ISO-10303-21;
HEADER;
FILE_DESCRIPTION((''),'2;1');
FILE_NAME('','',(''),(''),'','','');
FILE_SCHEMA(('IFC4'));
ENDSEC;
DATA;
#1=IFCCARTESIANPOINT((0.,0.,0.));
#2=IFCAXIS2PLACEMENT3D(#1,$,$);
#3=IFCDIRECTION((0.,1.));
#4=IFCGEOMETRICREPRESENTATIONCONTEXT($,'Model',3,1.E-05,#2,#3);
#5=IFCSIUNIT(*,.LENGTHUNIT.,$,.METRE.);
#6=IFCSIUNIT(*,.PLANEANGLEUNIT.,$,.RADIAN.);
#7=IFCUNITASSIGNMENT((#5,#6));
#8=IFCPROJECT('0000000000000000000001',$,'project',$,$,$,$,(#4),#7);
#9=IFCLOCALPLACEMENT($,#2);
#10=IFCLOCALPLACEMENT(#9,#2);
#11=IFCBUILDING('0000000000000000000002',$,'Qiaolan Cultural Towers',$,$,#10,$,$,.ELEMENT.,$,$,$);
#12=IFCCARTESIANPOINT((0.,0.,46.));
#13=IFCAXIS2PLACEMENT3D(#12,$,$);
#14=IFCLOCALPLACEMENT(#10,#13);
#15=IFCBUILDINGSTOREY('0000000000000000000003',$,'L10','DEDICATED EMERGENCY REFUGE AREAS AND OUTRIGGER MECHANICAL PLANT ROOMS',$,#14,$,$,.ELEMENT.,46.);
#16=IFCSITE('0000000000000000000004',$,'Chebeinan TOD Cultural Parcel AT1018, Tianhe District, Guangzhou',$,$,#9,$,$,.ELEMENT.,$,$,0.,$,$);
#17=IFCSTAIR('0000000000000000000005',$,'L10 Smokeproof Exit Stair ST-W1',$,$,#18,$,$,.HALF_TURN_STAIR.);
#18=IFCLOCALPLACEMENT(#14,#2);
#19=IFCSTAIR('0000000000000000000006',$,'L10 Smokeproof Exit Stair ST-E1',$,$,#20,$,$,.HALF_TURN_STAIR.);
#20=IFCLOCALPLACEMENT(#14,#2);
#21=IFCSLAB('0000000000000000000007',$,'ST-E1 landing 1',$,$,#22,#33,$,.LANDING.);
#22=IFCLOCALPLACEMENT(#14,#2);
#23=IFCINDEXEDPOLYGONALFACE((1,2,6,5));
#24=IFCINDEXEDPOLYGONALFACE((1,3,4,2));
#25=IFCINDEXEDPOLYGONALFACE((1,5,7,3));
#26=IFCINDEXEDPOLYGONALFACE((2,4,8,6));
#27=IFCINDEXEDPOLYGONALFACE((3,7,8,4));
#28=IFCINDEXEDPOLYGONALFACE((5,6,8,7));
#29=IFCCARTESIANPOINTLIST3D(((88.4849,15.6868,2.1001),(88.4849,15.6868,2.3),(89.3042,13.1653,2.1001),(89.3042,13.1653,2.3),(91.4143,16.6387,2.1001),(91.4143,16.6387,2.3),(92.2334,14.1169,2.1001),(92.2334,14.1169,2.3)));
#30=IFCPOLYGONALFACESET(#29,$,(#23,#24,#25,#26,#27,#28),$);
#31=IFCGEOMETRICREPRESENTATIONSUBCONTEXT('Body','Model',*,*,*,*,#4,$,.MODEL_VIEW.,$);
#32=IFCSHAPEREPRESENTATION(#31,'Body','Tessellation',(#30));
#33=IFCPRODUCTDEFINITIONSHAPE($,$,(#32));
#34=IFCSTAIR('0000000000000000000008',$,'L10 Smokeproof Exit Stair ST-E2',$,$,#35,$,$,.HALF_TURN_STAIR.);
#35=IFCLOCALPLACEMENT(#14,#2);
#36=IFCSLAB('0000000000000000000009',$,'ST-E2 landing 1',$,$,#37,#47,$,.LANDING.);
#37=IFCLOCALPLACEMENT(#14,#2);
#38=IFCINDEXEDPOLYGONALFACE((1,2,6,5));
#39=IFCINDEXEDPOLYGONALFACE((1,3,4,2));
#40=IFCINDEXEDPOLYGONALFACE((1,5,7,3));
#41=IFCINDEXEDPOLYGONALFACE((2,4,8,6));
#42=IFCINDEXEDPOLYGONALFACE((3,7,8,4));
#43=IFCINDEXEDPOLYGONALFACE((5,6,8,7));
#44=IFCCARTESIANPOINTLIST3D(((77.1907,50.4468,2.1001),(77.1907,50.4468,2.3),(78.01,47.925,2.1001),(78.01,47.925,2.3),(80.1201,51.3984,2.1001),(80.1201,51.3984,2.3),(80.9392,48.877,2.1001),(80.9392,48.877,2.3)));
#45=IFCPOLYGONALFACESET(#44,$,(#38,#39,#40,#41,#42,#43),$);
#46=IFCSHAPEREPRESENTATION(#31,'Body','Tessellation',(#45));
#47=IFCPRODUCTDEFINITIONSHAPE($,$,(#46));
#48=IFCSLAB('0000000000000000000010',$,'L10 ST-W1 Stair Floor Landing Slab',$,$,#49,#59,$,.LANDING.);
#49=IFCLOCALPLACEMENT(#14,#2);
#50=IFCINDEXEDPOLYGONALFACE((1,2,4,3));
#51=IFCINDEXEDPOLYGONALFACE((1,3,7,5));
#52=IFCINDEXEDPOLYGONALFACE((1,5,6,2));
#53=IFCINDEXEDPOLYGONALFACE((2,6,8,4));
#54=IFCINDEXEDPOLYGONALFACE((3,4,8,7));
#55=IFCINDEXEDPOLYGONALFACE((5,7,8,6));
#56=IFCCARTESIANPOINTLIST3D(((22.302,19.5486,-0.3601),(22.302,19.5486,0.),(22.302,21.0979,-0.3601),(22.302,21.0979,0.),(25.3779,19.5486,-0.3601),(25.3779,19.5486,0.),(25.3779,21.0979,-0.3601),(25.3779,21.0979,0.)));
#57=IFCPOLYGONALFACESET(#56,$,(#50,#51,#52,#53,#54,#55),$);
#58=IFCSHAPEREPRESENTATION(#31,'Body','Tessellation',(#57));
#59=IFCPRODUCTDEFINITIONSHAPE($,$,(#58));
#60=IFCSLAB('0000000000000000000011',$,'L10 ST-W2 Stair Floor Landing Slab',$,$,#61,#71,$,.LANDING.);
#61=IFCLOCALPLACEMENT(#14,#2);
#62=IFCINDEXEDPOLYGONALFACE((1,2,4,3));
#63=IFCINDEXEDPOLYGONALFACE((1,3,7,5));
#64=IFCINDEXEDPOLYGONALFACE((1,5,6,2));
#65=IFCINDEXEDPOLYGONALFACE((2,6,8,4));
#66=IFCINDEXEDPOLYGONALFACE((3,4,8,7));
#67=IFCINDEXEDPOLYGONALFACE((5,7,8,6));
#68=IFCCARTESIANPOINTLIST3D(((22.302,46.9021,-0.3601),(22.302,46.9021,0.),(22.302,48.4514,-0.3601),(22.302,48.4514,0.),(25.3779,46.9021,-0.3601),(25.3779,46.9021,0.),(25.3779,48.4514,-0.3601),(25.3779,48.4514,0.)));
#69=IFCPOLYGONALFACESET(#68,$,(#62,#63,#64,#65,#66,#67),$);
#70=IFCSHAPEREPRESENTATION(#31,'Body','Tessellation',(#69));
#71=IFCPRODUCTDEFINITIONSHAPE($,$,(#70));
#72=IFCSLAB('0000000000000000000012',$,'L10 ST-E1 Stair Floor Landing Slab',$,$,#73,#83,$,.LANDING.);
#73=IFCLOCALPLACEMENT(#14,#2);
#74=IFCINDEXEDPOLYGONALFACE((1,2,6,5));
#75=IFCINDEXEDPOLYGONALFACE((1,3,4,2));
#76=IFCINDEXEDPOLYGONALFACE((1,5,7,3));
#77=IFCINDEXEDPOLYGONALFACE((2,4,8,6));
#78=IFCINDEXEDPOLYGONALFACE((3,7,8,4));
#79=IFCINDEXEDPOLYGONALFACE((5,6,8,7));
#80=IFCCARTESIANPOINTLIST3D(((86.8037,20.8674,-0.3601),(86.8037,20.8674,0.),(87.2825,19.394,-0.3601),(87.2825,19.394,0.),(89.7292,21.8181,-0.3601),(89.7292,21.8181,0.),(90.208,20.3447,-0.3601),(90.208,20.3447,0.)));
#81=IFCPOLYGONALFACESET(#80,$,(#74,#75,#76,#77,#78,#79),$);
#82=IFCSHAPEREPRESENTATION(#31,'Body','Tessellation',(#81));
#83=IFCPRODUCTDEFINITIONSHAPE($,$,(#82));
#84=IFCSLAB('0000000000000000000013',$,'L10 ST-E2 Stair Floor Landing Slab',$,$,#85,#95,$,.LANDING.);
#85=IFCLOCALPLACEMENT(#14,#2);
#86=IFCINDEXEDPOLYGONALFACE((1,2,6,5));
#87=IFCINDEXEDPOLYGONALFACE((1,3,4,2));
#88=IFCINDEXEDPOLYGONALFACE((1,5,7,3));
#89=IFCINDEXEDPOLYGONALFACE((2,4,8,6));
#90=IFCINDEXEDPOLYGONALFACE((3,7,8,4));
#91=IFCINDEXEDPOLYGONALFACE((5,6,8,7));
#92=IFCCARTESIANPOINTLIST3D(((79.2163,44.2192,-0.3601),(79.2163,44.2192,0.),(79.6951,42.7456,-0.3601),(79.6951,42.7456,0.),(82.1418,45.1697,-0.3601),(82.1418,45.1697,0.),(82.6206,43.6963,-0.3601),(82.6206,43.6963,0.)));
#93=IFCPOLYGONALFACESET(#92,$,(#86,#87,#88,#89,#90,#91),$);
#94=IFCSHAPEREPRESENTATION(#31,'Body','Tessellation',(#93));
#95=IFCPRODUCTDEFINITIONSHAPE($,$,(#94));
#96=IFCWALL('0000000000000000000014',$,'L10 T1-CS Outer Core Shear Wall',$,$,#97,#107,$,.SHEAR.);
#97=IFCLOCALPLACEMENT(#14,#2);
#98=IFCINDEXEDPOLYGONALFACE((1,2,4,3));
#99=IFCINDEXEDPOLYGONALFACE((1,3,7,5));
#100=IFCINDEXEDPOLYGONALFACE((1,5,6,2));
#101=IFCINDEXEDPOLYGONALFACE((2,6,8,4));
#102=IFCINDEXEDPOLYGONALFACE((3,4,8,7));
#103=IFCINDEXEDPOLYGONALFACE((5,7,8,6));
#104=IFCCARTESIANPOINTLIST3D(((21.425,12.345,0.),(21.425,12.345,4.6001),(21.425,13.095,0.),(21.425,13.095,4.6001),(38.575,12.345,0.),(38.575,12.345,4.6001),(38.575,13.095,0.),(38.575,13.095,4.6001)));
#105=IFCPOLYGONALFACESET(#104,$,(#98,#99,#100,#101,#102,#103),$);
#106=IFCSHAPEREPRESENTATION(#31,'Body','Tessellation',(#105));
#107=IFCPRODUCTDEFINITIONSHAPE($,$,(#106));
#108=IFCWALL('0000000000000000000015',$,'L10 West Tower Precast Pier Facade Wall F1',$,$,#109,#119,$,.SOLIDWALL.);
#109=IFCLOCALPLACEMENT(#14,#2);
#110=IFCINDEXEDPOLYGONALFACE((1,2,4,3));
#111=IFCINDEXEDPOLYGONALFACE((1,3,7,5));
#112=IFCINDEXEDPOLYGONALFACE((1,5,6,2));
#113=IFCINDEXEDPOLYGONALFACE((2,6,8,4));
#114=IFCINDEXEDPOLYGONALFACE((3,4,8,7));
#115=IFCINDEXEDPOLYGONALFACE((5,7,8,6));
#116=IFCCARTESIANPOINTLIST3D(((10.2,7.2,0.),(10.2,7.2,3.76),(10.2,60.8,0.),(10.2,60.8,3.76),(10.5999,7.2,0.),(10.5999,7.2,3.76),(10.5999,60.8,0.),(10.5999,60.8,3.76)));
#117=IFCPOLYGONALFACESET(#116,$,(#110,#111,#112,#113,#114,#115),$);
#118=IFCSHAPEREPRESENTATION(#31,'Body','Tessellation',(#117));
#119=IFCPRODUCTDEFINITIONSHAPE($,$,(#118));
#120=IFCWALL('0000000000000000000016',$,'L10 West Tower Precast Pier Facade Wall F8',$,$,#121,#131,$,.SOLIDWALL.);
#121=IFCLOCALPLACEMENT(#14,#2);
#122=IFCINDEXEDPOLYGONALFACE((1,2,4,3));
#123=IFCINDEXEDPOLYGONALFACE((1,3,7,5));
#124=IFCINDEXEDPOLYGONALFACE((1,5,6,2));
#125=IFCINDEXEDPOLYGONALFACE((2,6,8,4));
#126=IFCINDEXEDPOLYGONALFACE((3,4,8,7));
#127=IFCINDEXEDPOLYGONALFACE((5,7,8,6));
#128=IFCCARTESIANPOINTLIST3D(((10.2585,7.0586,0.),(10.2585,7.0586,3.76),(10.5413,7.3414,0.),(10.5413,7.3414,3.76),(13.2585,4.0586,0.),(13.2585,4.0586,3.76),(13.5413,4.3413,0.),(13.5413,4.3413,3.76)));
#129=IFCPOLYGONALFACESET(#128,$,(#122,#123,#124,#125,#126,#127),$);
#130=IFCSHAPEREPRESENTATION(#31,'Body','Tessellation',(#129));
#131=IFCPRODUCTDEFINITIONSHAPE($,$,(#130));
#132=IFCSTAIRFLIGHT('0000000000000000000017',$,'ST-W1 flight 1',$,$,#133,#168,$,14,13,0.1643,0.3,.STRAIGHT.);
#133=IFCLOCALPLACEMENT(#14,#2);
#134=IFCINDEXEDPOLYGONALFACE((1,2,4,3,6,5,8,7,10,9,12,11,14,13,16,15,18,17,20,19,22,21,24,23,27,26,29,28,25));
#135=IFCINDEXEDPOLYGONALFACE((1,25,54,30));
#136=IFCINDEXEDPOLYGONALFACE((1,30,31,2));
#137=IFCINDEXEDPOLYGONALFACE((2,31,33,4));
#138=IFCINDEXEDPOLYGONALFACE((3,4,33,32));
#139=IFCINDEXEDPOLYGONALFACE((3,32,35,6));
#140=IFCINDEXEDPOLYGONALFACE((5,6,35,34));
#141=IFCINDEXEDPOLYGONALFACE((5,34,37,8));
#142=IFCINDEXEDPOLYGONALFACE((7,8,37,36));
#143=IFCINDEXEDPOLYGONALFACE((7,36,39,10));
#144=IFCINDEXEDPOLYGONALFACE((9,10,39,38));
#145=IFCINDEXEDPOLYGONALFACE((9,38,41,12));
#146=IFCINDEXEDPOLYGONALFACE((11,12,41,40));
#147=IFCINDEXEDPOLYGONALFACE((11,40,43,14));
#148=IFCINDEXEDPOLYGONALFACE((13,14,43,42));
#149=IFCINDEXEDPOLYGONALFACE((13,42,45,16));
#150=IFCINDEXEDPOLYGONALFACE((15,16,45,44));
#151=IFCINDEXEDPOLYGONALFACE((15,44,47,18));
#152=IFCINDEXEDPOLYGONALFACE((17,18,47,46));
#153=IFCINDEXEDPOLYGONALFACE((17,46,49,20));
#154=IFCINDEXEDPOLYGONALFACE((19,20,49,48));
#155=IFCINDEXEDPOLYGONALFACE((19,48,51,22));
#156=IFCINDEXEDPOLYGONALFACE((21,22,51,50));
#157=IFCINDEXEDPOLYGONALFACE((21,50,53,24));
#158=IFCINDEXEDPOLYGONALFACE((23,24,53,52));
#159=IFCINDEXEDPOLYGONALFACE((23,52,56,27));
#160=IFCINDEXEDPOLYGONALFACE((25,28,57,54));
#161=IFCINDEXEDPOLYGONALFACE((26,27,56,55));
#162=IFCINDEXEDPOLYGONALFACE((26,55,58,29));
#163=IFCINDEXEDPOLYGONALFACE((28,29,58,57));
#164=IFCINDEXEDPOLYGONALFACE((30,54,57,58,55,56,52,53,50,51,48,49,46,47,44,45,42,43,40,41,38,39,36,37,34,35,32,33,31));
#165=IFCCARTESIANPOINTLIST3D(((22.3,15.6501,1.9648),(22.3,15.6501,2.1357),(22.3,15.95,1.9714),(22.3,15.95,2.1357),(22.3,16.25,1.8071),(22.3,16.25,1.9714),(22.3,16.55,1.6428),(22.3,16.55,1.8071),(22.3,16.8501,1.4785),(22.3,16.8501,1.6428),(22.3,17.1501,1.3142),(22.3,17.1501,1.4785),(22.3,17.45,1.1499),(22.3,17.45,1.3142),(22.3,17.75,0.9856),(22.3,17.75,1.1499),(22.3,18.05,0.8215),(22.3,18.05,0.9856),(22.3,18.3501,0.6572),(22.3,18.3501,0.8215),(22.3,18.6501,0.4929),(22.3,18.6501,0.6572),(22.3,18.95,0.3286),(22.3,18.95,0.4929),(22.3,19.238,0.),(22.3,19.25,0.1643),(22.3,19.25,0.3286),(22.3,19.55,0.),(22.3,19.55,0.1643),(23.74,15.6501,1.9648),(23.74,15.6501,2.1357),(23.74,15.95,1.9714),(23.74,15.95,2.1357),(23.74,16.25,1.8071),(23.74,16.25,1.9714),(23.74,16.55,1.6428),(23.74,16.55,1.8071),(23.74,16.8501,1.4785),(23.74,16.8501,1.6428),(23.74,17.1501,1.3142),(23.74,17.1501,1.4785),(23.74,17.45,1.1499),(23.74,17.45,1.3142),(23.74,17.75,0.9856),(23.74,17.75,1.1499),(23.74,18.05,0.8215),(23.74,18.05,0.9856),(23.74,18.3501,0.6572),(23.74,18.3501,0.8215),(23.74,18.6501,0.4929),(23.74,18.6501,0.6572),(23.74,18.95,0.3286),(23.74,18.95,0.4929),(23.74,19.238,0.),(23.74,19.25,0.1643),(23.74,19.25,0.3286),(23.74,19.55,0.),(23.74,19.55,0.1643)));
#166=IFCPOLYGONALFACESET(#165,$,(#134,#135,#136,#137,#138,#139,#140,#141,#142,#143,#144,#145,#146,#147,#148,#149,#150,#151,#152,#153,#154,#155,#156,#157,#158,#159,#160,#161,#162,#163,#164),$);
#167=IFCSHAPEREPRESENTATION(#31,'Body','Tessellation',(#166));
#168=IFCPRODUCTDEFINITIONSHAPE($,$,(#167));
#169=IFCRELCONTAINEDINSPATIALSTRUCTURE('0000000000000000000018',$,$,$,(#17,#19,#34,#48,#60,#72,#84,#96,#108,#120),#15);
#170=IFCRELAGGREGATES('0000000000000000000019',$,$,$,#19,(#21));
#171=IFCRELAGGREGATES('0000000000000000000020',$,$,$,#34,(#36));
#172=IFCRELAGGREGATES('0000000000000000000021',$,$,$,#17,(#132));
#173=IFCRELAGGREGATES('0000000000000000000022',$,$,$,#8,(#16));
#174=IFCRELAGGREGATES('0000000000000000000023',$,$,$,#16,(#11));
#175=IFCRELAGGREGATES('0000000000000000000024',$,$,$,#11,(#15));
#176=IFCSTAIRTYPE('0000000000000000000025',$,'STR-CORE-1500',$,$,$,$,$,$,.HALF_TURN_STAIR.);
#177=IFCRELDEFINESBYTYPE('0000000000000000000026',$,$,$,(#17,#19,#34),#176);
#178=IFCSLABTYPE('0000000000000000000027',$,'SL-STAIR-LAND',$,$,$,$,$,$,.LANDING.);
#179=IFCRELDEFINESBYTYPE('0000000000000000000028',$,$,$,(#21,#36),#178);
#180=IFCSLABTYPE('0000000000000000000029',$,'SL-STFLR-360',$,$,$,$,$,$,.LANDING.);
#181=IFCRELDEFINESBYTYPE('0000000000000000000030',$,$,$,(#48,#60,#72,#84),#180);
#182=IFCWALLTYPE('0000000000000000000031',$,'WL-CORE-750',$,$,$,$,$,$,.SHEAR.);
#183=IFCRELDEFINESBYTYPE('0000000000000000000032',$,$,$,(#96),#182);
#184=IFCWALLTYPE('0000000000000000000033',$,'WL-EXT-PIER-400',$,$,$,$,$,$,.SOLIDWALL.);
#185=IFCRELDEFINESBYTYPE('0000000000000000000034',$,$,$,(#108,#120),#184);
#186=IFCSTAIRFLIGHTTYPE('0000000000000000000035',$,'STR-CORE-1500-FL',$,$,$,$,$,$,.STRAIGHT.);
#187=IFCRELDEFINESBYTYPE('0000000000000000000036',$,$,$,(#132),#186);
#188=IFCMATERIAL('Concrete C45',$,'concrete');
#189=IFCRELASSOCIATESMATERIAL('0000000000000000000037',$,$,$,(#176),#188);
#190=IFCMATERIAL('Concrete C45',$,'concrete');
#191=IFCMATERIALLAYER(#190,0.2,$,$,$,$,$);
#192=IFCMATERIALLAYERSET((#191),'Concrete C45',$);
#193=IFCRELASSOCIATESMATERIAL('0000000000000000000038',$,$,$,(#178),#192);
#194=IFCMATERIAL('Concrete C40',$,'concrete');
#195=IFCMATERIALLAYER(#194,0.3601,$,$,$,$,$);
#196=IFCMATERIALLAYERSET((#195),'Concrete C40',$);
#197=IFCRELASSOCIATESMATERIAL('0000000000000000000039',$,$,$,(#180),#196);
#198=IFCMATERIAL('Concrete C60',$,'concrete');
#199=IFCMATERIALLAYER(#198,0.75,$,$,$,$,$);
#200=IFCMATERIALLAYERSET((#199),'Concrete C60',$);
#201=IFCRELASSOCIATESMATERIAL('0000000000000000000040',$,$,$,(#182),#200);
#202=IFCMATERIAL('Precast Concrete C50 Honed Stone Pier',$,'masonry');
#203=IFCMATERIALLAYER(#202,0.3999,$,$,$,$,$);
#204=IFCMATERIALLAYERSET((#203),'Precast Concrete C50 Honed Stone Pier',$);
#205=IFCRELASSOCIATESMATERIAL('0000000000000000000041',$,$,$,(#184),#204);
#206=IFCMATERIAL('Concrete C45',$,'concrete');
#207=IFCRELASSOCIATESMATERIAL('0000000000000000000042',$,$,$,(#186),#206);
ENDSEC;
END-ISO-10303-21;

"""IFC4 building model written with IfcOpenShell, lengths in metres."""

from ifc_helpers import new_model, si_unit, direction, frame, frame_2d, origin, place, context, subcontext, project, spatial, polyline, rectangle, outline, extrude, material, layer, layer_set, type_object, element, aggregate, save


model = new_model("IFC4")

# Units and contexts
model_context = context("Model", 3, precision=1e-05, world=origin(), true_north=direction((0.0, 1.0)))
body_context = subcontext(model_context, "Body", "Model", "MODEL_VIEW")
ifc_project = project(units=[si_unit("LENGTHUNIT", "METRE"), si_unit("PLANEANGLEUNIT", "RADIAN")], contexts=[model_context])

# Site, building, storey
site_placement = place(None, origin())
site = spatial("IfcSite", under=ifc_project, at=site_placement, Name="Chebeinan TOD Cultural Parcel AT1018, Tianhe District, Guangzhou", CompositionType="ELEMENT", RefElevation=0.0)
building_placement = place(site_placement, origin())
building = spatial("IfcBuilding", under=site, at=building_placement, Name="Qiaolan Cultural Towers", CompositionType="ELEMENT")
storey_placement = place(building_placement, frame((0.0, 0.0, 46.0)))
storey = spatial("IfcBuildingStorey", under=building, at=storey_placement, Name="L10", Description="DEDICATED EMERGENCY REFUGE AREAS AND OUTRIGGER MECHANICAL PLANT ROOMS", CompositionType="ELEMENT", Elevation=46.0)

# Stairs, slabs
ifc_material_1 = material(Name="Concrete C45", Category="concrete")
stair_type = type_object("IfcStairType", Name="STR-CORE-1500", PredefinedType="HALF_TURN_STAIR", material=ifc_material_1)
stair_1_placement = place(storey_placement, origin())
stair_1 = element("IfcStair", 1, at=stair_1_placement, inside=storey, type_object=stair_type, Name="L10 Smokeproof Exit Stair ST-W1", PredefinedType="HALF_TURN_STAIR")
ifc_material_2 = material(Name="Concrete C45", Category="concrete")
ifc_layer_1 = layer(ifc_material_2, 0.2)
ifc_layer_set_1 = layer_set([ifc_layer_1], Name="Concrete C45")
slab_type_1 = type_object("IfcSlabType", Name="SL-STAIR-LAND", PredefinedType="LANDING", material=ifc_layer_set_1)
stair_2_placement = place(storey_placement, origin())
stair_2 = element("IfcStair", 2, at=stair_2_placement, inside=storey, type_object=stair_type, Name="L10 Smokeproof Exit Stair ST-E1", PredefinedType="HALF_TURN_STAIR")
slab_1_placement = place(storey_placement, frame((0.0, 0.0, 2.1001)))
slab_1 = element("IfcSlab", 3, at=slab_1_placement, type_object=slab_type_1, Name="ST-E1 landing 1", PredefinedType="LANDING", context=body_context, shape_type="SweptSolid", body=[
    extrude(outline(polyline([(88.4849, 15.6868), (89.3042, 13.1653), (92.2334, 14.1169), (91.4143, 16.6387), (88.4849, 15.6868)])), origin(), (0.0, 0.0, 1.0), 0.2),
])
aggregate(stair_2, [slab_1])
stair_3_placement = place(storey_placement, origin())
stair_3 = element("IfcStair", 4, at=stair_3_placement, inside=storey, type_object=stair_type, Name="L10 Smokeproof Exit Stair ST-E2", PredefinedType="HALF_TURN_STAIR")
slab_2_placement = place(storey_placement, frame((0.0, 0.0, 2.1001)))
slab_2 = element("IfcSlab", 5, at=slab_2_placement, type_object=slab_type_1, Name="ST-E2 landing 1", PredefinedType="LANDING", context=body_context, shape_type="SweptSolid", body=[
    extrude(outline(polyline([(80.9392, 48.877), (80.1201, 51.3984), (77.1907, 50.4468), (78.01, 47.925), (80.9392, 48.877)])), origin(), (0.0, 0.0, 1.0), 0.2),
])
aggregate(stair_3, [slab_2])

# Slabs
ifc_material_3 = material(Name="Concrete C40", Category="concrete")
ifc_layer_2 = layer(ifc_material_3, 0.3601)
ifc_layer_set_2 = layer_set([ifc_layer_2], Name="Concrete C40")
slab_type_2 = type_object("IfcSlabType", Name="SL-STFLR-360", PredefinedType="LANDING", material=ifc_layer_set_2)
slab_3_placement = place(storey_placement, frame((0.0, 0.0, -0.3601)))
element("IfcSlab", 6, at=slab_3_placement, inside=storey, type_object=slab_type_2, Name="L10 ST-W1 Stair Floor Landing Slab", PredefinedType="LANDING", context=body_context, shape_type="SweptSolid", body=[
    extrude(outline(polyline([(22.302, 21.0979), (22.302, 19.5486), (25.3779, 19.5486), (25.3779, 21.0979), (22.302, 21.0979)])), origin(), (0.0, 0.0, 1.0), 0.3601),
])
slab_4_placement = place(storey_placement, frame((0.0, 0.0, -0.3601)))
element("IfcSlab", 7, at=slab_4_placement, inside=storey, type_object=slab_type_2, Name="L10 ST-W2 Stair Floor Landing Slab", PredefinedType="LANDING", context=body_context, shape_type="SweptSolid", body=[
    extrude(outline(polyline([(25.3779, 46.9021), (25.3779, 48.4514), (22.302, 48.4514), (22.302, 46.9021), (25.3779, 46.9021)])), origin(), (0.0, 0.0, 1.0), 0.3601),
])
slab_5_placement = place(storey_placement, frame((0.0, 0.0, -0.3601)))
element("IfcSlab", 8, at=slab_5_placement, inside=storey, type_object=slab_type_2, Name="L10 ST-E1 Stair Floor Landing Slab", PredefinedType="LANDING", context=body_context, shape_type="SweptSolid", body=[
    extrude(outline(polyline([(86.8037, 20.8674), (87.2825, 19.394), (90.208, 20.3447), (89.7292, 21.8181), (86.8037, 20.8674)])), origin(), (0.0, 0.0, 1.0), 0.3601),
])
slab_6_placement = place(storey_placement, frame((0.0, 0.0, -0.3601)))
element("IfcSlab", 9, at=slab_6_placement, inside=storey, type_object=slab_type_2, Name="L10 ST-E2 Stair Floor Landing Slab", PredefinedType="LANDING", context=body_context, shape_type="SweptSolid", body=[
    extrude(outline(polyline([(82.6206, 43.6963), (82.1418, 45.1697), (79.2163, 44.2192), (79.6951, 42.7456), (82.6206, 43.6963)])), origin(), (0.0, 0.0, 1.0), 0.3601),
])

# Walls
ifc_material_4 = material(Name="Concrete C60", Category="concrete")
ifc_layer_3 = layer(ifc_material_4, 0.75)
ifc_layer_set_3 = layer_set([ifc_layer_3], Name="Concrete C60")
wall_type_1 = type_object("IfcWallType", Name="WL-CORE-750", PredefinedType="SHEAR", material=ifc_layer_set_3)
wall_1_placement = place(storey_placement, frame((21.425, 12.72, 0.0), z_axis=(0.0, 0.0, 1.0), x_axis=(1.0, 0.0, 0.0)))
element("IfcWall", 10, at=wall_1_placement, inside=storey, type_object=wall_type_1, Name="L10 T1-CS Outer Core Shear Wall", PredefinedType="SHEAR", context=body_context, shape_type="SweptSolid", body=[
    extrude(rectangle(XDim=17.1499, YDim=0.75, at=frame_2d((8.575, 0.0))), origin(), (0.0, 0.0, 1.0), 4.6001),
])
ifc_material_5 = material(Name="Precast Concrete C50 Honed Stone Pier", Category="masonry")
ifc_layer_4 = layer(ifc_material_5, 0.3999)
ifc_layer_set_4 = layer_set([ifc_layer_4], Name="Precast Concrete C50 Honed Stone Pier")
wall_type_2 = type_object("IfcWallType", Name="WL-EXT-PIER-400", PredefinedType="SOLIDWALL", material=ifc_layer_set_4)
wall_2_placement = place(storey_placement, frame((10.3999, 7.2, 0.0), z_axis=(0.0, 0.0, 1.0), x_axis=(0.0, 1.0, 0.0)))
element("IfcWall", 11, at=wall_2_placement, inside=storey, type_object=wall_type_2, Name="L10 West Tower Precast Pier Facade Wall F1", PredefinedType="SOLIDWALL", context=body_context, shape_type="SweptSolid", body=[
    extrude(rectangle(XDim=53.6001, YDim=0.3999, at=frame_2d((26.8, 0.0))), origin(), (0.0, 0.0, 1.0), 3.76),
])
wall_3_placement = place(storey_placement, frame((13.3999, 4.2, 0.0), z_axis=(0.0, 0.0, 1.0), x_axis=(-0.707107, 0.707107, 0.0)))
element("IfcWall", 12, at=wall_3_placement, inside=storey, type_object=wall_type_2, Name="L10 West Tower Precast Pier Facade Wall F8", PredefinedType="SOLIDWALL", context=body_context, shape_type="SweptSolid", body=[
    extrude(rectangle(XDim=4.2427, YDim=0.3999, at=frame_2d((2.1213, 0.0))), origin(), (0.0, 0.0, 1.0), 3.76),
])

# Stair flight
ifc_material_6 = material(Name="Concrete C45", Category="concrete")
stair_flight_type = type_object("IfcStairFlightType", Name="STR-CORE-1500-FL", PredefinedType="STRAIGHT", material=ifc_material_6)
stair_flight_placement = place(storey_placement, frame((23.02, 19.55, 0.0), z_axis=(0.0, 0.0, 1.0), x_axis=(0.0, -1.0, 0.0)))
stair_flight = element("IfcStairFlight", 13, at=stair_flight_placement, type_object=stair_flight_type, Name="ST-W1 flight 1", NumberOfRisers=14, NumberOfTreads=13, PredefinedType="STRAIGHT", RiserHeight=0.1643, TreadLength=0.3, context=body_context, shape_type="SweptSolid", body=[
    extrude(outline(polyline([(0.0, 0.0), (0.0, 0.1643), (0.3, 0.1643), (0.3, 0.3286), (0.6001, 0.3286), (0.6001, 0.4929), (0.8999, 0.4929), (0.8999, 0.6572), (1.2, 0.6572), (1.2, 0.8215), (1.5, 0.8215), (1.5, 0.9856), (1.8, 0.9856), (1.8, 1.1499), (2.1001, 1.1499), (2.1001, 1.3142), (2.3999, 1.3142), (2.3999, 1.4785), (2.7, 1.4785), (2.7, 1.6428), (3.0, 1.6428), (3.0, 1.8071), (3.3, 1.8071), (3.3, 1.9714), (3.6001, 1.9714), (3.6001, 2.1357), (3.8999, 2.1357), (3.8999, 2.3), (3.8999, 1.9648), (0.312, 0.0), (0.0, 0.0)])), frame((0.0, 0.72, 0.0), z_axis=(0.0, -1.0, 0.0), x_axis=(1.0, 0.0, 0.0)), (0.0, 0.0, 1.0), 1.4399),
])
aggregate(stair_1, [stair_flight])

save(model, "model.ifc")
